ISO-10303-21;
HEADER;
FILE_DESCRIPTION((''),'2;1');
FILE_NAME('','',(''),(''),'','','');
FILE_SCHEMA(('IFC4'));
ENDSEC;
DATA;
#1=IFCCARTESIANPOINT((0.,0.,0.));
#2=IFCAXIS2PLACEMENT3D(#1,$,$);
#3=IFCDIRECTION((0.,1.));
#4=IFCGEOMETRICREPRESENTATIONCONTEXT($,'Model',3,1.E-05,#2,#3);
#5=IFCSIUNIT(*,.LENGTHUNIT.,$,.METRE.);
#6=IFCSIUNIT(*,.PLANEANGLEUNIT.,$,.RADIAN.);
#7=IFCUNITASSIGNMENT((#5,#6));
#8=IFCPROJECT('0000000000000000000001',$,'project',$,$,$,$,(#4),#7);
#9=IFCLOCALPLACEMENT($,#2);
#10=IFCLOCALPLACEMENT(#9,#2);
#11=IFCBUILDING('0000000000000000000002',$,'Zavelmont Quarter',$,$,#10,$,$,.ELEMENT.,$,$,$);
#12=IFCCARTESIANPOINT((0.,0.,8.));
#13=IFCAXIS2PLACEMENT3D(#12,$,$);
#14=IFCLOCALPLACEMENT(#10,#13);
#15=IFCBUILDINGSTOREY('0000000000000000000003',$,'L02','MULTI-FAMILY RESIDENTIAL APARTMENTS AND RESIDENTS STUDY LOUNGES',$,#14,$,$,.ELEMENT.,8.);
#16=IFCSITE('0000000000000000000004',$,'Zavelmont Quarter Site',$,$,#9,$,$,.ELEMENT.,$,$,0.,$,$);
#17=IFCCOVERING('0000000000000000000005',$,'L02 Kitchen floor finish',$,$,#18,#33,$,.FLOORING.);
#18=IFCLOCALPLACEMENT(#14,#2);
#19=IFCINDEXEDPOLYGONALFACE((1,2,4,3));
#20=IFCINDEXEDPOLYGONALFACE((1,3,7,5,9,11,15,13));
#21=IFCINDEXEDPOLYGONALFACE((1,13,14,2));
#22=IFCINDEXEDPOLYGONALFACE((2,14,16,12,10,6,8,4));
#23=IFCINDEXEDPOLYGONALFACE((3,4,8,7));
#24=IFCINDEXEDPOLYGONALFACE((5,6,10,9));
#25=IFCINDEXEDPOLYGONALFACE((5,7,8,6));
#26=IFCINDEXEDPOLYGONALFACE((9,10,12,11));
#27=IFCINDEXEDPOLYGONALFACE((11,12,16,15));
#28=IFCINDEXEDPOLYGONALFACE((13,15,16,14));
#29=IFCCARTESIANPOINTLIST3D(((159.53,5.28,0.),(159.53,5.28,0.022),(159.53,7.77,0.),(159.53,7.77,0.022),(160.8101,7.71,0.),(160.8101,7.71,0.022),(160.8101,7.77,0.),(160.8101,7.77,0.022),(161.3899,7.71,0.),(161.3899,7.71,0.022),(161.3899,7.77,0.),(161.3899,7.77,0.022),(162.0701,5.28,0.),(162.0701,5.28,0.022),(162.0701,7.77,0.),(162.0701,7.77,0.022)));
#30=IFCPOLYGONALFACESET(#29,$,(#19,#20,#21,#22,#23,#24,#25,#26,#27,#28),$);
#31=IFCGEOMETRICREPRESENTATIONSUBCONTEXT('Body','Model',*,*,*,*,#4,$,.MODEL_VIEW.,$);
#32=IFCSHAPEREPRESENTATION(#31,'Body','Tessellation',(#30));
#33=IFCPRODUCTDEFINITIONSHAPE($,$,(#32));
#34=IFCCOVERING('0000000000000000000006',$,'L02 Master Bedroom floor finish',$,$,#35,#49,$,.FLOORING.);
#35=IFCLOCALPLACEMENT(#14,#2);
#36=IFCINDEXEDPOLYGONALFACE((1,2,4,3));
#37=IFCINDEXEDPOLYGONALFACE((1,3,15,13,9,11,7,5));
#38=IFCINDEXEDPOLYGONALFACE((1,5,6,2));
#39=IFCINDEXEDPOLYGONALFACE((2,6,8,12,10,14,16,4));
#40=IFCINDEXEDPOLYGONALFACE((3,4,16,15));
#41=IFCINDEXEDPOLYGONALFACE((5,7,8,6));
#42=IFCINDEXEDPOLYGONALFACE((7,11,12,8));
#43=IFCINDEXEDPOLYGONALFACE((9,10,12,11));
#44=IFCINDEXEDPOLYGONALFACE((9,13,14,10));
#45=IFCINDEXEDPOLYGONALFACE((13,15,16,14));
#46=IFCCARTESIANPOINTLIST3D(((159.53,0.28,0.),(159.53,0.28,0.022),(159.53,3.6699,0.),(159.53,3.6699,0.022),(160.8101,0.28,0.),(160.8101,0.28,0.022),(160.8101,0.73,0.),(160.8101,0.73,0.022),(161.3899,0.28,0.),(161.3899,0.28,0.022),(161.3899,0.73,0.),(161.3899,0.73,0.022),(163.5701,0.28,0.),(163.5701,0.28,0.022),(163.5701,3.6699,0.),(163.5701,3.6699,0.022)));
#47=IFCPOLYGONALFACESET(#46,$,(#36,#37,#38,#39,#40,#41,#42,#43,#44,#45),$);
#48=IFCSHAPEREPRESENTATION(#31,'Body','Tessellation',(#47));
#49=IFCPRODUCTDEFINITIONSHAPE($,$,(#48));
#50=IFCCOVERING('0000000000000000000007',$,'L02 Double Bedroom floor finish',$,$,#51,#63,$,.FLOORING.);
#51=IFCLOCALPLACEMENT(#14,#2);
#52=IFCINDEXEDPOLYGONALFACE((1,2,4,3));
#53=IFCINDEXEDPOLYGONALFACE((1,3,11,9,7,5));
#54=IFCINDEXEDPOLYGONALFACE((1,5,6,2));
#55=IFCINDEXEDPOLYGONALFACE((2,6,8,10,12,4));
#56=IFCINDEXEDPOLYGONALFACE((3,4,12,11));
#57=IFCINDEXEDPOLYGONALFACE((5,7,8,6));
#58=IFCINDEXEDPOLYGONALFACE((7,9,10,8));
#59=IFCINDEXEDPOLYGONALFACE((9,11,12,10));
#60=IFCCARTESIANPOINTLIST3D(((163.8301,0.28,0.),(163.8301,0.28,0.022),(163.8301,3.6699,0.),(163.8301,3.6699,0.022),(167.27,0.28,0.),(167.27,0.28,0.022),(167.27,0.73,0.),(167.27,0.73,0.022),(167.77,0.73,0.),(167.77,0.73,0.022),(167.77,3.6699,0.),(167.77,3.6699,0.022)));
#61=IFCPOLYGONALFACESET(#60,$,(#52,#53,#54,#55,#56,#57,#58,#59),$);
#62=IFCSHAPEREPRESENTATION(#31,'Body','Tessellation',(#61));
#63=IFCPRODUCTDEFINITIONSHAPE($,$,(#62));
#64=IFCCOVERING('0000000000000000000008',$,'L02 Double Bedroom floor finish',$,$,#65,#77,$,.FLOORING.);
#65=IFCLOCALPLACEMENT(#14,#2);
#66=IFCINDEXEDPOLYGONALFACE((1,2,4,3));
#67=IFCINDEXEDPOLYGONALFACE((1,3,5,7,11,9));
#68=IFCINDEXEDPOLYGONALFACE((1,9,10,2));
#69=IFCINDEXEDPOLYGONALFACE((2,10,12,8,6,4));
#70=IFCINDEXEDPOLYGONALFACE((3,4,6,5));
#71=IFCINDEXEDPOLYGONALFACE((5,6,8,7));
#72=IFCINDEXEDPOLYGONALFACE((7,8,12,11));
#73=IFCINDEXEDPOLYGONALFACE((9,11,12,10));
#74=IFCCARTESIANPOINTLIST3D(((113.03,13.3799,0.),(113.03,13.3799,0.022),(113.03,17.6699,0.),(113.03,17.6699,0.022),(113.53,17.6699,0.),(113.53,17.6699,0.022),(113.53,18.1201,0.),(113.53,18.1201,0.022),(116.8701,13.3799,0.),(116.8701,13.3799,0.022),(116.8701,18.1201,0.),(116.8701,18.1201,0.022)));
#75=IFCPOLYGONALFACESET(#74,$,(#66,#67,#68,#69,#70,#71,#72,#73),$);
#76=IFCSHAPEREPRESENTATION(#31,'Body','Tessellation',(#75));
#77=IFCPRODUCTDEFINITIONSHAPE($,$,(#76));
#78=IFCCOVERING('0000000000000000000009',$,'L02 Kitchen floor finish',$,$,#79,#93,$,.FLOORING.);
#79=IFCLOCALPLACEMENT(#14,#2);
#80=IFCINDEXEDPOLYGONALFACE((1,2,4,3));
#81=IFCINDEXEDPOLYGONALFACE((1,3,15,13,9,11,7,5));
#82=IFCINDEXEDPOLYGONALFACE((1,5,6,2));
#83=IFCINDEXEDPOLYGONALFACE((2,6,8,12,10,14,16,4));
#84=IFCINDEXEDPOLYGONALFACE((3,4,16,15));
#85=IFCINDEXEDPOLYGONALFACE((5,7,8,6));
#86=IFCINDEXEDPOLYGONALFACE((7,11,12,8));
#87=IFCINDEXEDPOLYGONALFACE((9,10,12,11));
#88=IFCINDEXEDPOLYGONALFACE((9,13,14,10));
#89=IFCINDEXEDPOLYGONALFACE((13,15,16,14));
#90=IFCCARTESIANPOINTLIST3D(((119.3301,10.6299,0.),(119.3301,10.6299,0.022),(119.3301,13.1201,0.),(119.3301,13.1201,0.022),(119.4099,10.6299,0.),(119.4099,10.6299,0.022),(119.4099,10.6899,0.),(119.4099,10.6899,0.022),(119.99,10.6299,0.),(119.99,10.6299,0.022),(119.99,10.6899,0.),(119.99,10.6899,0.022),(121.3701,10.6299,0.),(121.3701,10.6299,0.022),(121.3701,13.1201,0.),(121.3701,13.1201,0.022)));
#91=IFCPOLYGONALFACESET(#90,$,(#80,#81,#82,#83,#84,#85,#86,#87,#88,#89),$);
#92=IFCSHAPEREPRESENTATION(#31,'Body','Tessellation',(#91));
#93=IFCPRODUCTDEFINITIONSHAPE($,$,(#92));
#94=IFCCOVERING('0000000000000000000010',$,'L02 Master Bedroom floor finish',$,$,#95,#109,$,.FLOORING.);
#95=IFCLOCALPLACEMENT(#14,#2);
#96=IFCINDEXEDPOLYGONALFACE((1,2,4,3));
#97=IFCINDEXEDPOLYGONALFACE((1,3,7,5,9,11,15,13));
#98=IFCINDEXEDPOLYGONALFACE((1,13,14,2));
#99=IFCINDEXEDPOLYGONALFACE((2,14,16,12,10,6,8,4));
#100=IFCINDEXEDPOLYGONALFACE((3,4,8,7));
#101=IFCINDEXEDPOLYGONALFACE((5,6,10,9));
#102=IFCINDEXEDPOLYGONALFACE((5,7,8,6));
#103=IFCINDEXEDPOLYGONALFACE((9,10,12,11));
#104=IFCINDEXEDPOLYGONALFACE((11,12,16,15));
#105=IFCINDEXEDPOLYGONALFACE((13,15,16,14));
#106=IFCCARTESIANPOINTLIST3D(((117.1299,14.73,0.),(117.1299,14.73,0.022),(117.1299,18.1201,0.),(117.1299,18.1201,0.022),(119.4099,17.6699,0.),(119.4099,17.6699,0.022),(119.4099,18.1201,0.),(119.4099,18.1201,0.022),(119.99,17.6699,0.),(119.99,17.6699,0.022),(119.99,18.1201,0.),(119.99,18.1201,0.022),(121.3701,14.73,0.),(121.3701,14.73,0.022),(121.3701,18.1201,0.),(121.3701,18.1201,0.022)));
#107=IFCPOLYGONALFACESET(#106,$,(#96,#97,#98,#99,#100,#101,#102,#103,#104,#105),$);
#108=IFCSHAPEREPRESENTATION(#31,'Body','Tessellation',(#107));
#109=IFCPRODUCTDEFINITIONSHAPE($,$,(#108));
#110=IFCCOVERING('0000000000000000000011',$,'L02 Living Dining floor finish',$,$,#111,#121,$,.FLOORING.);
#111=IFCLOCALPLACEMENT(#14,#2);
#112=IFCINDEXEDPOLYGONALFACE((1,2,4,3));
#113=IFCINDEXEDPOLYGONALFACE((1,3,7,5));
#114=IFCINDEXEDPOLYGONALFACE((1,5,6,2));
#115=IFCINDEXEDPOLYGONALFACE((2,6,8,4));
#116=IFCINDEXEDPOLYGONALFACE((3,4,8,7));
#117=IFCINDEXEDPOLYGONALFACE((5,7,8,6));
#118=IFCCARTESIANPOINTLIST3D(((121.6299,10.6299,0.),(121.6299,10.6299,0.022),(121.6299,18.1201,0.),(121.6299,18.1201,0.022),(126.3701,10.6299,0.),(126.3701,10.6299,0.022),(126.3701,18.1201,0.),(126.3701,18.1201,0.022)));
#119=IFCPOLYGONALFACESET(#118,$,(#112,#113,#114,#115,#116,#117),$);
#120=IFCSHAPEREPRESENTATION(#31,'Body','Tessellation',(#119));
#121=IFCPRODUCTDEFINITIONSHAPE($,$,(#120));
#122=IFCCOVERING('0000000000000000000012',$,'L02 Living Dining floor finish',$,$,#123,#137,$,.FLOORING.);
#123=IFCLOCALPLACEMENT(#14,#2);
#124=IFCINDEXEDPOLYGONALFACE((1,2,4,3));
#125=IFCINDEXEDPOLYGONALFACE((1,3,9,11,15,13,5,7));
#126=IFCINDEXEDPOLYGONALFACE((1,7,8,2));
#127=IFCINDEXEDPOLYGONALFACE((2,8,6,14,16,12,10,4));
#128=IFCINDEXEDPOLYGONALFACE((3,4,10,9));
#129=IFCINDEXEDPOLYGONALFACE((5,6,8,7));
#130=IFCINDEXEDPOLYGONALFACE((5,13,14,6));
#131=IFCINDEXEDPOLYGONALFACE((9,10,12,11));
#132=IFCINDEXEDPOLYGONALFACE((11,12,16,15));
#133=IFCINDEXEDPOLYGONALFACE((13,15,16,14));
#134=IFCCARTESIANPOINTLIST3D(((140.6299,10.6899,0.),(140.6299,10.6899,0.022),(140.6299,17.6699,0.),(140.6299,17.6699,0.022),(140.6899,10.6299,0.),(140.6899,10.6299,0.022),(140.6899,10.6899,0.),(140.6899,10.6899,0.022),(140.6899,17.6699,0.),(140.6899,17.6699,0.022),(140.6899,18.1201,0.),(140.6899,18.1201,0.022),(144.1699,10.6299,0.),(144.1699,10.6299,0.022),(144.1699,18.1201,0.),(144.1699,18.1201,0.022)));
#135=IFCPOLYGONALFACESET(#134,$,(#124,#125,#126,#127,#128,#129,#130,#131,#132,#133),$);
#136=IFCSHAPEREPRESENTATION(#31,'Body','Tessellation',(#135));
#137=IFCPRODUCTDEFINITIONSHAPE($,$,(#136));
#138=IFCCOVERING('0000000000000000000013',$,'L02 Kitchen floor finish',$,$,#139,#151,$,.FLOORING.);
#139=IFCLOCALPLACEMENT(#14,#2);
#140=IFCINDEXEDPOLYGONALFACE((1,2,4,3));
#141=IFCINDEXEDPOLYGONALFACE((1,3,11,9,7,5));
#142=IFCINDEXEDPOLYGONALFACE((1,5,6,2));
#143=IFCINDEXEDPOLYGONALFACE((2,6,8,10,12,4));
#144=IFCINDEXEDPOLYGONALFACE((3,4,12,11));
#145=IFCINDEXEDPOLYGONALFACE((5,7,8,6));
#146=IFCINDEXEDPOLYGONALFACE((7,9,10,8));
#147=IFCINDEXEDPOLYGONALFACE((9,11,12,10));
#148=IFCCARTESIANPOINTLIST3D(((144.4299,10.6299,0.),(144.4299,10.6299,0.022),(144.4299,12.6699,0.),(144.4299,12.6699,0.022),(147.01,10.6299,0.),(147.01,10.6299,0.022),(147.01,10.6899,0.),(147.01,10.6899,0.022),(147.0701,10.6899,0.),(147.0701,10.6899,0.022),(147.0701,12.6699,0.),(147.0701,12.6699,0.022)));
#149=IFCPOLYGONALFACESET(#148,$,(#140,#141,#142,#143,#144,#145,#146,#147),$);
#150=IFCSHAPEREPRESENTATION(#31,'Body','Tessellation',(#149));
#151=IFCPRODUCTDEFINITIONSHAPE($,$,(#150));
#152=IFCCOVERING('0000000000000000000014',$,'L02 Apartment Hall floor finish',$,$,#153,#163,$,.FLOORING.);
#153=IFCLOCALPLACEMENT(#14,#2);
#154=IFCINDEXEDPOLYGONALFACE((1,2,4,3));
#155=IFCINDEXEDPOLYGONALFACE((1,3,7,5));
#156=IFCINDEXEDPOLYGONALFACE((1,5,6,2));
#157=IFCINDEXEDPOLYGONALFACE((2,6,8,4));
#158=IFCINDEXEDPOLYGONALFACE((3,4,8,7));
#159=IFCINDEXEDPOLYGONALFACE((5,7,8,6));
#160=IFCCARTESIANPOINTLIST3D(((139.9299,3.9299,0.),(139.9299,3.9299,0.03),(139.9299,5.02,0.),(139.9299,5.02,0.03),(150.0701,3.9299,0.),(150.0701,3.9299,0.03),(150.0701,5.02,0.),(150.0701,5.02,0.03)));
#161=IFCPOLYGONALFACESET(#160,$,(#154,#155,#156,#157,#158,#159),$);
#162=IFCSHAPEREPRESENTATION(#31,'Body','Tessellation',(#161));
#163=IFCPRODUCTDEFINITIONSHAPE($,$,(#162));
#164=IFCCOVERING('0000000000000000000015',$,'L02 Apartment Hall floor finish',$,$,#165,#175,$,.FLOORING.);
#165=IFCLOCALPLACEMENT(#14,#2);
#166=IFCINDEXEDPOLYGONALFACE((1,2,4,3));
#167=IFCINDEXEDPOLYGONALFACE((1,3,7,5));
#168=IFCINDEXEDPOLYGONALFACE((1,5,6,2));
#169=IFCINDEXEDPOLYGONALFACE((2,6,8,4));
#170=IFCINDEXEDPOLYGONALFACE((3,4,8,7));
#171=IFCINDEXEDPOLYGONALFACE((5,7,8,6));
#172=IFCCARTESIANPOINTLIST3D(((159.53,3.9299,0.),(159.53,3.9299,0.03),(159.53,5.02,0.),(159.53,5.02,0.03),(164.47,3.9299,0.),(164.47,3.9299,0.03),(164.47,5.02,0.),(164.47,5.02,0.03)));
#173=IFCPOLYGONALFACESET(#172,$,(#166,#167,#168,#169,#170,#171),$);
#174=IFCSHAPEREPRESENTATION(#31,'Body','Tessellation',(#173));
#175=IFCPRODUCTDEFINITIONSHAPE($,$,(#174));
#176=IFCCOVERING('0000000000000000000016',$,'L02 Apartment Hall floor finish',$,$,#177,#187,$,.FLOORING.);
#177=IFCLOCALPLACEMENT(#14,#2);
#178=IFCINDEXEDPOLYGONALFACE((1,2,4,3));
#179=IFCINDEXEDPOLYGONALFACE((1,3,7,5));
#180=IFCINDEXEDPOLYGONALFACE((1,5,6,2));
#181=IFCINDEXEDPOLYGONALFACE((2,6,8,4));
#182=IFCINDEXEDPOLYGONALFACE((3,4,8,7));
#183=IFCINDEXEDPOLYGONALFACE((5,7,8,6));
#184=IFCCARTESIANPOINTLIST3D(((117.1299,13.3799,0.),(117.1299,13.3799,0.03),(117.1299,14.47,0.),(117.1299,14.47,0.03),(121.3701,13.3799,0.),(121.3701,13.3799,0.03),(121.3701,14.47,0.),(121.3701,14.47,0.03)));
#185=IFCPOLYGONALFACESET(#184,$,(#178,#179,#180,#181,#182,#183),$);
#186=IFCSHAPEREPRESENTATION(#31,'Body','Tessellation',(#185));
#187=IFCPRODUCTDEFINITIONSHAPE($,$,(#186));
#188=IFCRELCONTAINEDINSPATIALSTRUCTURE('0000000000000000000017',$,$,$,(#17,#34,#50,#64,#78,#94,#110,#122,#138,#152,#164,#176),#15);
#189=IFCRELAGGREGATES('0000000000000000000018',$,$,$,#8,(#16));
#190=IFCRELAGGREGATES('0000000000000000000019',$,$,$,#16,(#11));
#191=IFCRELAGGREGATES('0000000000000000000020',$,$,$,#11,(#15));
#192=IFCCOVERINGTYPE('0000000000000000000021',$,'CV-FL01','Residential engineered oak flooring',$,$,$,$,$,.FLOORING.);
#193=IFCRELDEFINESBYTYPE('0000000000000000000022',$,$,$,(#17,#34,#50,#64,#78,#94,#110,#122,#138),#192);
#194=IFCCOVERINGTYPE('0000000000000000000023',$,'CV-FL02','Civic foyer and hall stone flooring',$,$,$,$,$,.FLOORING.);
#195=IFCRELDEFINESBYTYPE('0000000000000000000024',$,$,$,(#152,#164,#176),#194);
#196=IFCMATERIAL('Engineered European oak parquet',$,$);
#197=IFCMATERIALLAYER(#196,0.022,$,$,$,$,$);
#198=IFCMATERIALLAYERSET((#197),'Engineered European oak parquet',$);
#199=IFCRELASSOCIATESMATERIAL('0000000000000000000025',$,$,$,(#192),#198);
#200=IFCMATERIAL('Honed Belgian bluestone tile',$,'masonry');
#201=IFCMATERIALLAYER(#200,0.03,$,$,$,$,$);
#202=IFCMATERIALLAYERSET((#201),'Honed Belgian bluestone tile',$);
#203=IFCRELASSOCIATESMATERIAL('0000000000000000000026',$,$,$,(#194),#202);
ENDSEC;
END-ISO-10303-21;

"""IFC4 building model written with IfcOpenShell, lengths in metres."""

from ifc_helpers import new_model, si_unit, direction, frame, origin, place, context, subcontext, project, spatial, polyline, outline, extrude, material, layer, layer_set, type_object, element, save


model = new_model("IFC4")

# Units and contexts
model_context = context("Model", 3, precision=1e-05, world=origin(), true_north=direction((0.0, 1.0)))
body_context = subcontext(model_context, "Body", "Model", "MODEL_VIEW")
ifc_project = project(units=[si_unit("LENGTHUNIT", "METRE"), si_unit("PLANEANGLEUNIT", "RADIAN")], contexts=[model_context])

# Site, building, storey
site_placement = place(None, origin())
site = spatial("IfcSite", under=ifc_project, at=site_placement, Name="Zavelmont Quarter Site", CompositionType="ELEMENT", RefElevation=0.0)
building_placement = place(site_placement, origin())
building = spatial("IfcBuilding", under=site, at=building_placement, Name="Zavelmont Quarter", CompositionType="ELEMENT")
storey_placement = place(building_placement, frame((0.0, 0.0, 8.0)))
storey = spatial("IfcBuildingStorey", under=building, at=storey_placement, Name="L02", Description="MULTI-FAMILY RESIDENTIAL APARTMENTS AND RESIDENTS STUDY LOUNGES", CompositionType="ELEMENT", Elevation=8.0)

# Coverings
ifc_material_1 = material(Name="Engineered European oak parquet")
ifc_layer_1 = layer(ifc_material_1, 0.022)
ifc_layer_set_1 = layer_set([ifc_layer_1], Name="Engineered European oak parquet")
covering_type_1 = type_object("IfcCoveringType", Name="CV-FL01", Description="Residential engineered oak flooring", PredefinedType="FLOORING", material=ifc_layer_set_1)
covering_1_placement = place(storey_placement, origin())
element("IfcCovering", 1, at=covering_1_placement, inside=storey, type_object=covering_type_1, Name="L02 Kitchen floor finish", PredefinedType="FLOORING", context=body_context, shape_type="SweptSolid", body=[
    extrude(outline(polyline([(159.53, 7.77), (160.8101, 7.77), (160.8101, 7.71), (161.3899, 7.71), (161.3899, 7.77), (162.0701, 7.77), (162.0701, 5.28), (159.53, 5.28), (159.53, 7.77)])), origin(), (0.0, 0.0, 1.0), 0.022),
])
covering_2_placement = place(storey_placement, origin())
element("IfcCovering", 2, at=covering_2_placement, inside=storey, type_object=covering_type_1, Name="L02 Master Bedroom floor finish", PredefinedType="FLOORING", context=body_context, shape_type="SweptSolid", body=[
    extrude(outline(polyline([(159.53, 3.6699), (163.5701, 3.6699), (163.5701, 0.28), (161.3899, 0.28), (161.3899, 0.73), (160.8101, 0.73), (160.8101, 0.28), (159.53, 0.28), (159.53, 3.6699)])), origin(), (0.0, 0.0, 1.0), 0.022),
])
covering_3_placement = place(storey_placement, origin())
element("IfcCovering", 3, at=covering_3_placement, inside=storey, type_object=covering_type_1, Name="L02 Double Bedroom floor finish", PredefinedType="FLOORING", context=body_context, shape_type="SweptSolid", body=[
    extrude(outline(polyline([(163.8301, 3.6699), (167.77, 3.6699), (167.77, 0.73), (167.27, 0.73), (167.27, 0.28), (163.8301, 0.28), (163.8301, 3.6699)])), origin(), (0.0, 0.0, 1.0), 0.022),
])
covering_4_placement = place(storey_placement, origin())
element("IfcCovering", 4, at=covering_4_placement, inside=storey, type_object=covering_type_1, Name="L02 Double Bedroom floor finish", PredefinedType="FLOORING", context=body_context, shape_type="SweptSolid", body=[
    extrude(outline(polyline([(113.03, 17.6699), (113.53, 17.6699), (113.53, 18.1201), (116.8701, 18.1201), (116.8701, 13.3799), (113.03, 13.3799), (113.03, 17.6699)])), origin(), (0.0, 0.0, 1.0), 0.022),
])
covering_5_placement = place(storey_placement, origin())
element("IfcCovering", 5, at=covering_5_placement, inside=storey, type_object=covering_type_1, Name="L02 Kitchen floor finish", PredefinedType="FLOORING", context=body_context, shape_type="SweptSolid", body=[
    extrude(outline(polyline([(119.3301, 13.1201), (121.3701, 13.1201), (121.3701, 10.6299), (119.99, 10.6299), (119.99, 10.6899), (119.4099, 10.6899), (119.4099, 10.6299), (119.3301, 10.6299), (119.3301, 13.1201)])), origin(), (0.0, 0.0, 1.0), 0.022),
])
covering_6_placement = place(storey_placement, origin())
element("IfcCovering", 6, at=covering_6_placement, inside=storey, type_object=covering_type_1, Name="L02 Master Bedroom floor finish", PredefinedType="FLOORING", context=body_context, shape_type="SweptSolid", body=[
    extrude(outline(polyline([(117.1299, 18.1201), (119.4099, 18.1201), (119.4099, 17.6699), (119.99, 17.6699), (119.99, 18.1201), (121.3701, 18.1201), (121.3701, 14.73), (117.1299, 14.73), (117.1299, 18.1201)])), origin(), (0.0, 0.0, 1.0), 0.022),
])
covering_7_placement = place(storey_placement, origin())
element("IfcCovering", 7, at=covering_7_placement, inside=storey, type_object=covering_type_1, Name="L02 Living Dining floor finish", PredefinedType="FLOORING", context=body_context, shape_type="SweptSolid", body=[
    extrude(outline(polyline([(121.6299, 18.1201), (126.3701, 18.1201), (126.3701, 10.6299), (121.6299, 10.6299), (121.6299, 18.1201)])), origin(), (0.0, 0.0, 1.0), 0.022),
])
covering_8_placement = place(storey_placement, origin())
element("IfcCovering", 8, at=covering_8_placement, inside=storey, type_object=covering_type_1, Name="L02 Living Dining floor finish", PredefinedType="FLOORING", context=body_context, shape_type="SweptSolid", body=[
    extrude(outline(polyline([(140.6299, 17.6699), (140.6899, 17.6699), (140.6899, 18.1201), (144.1699, 18.1201), (144.1699, 10.6299), (140.6899, 10.6299), (140.6899, 10.6899), (140.6299, 10.6899), (140.6299, 17.6699)])), origin(), (0.0, 0.0, 1.0), 0.022),
])
covering_9_placement = place(storey_placement, origin())
element("IfcCovering", 9, at=covering_9_placement, inside=storey, type_object=covering_type_1, Name="L02 Kitchen floor finish", PredefinedType="FLOORING", context=body_context, shape_type="SweptSolid", body=[
    extrude(outline(polyline([(144.4299, 12.6699), (147.0701, 12.6699), (147.0701, 10.6899), (147.01, 10.6899), (147.01, 10.6299), (144.4299, 10.6299), (144.4299, 12.6699)])), origin(), (0.0, 0.0, 1.0), 0.022),
])
ifc_material_2 = material(Name="Honed Belgian bluestone tile", Category="masonry")
ifc_layer_2 = layer(ifc_material_2, 0.03)
ifc_layer_set_2 = layer_set([ifc_layer_2], Name="Honed Belgian bluestone tile")
covering_type_2 = type_object("IfcCoveringType", Name="CV-FL02", Description="Civic foyer and hall stone flooring", PredefinedType="FLOORING", material=ifc_layer_set_2)
covering_10_placement = place(storey_placement, origin())
element("IfcCovering", 10, at=covering_10_placement, inside=storey, type_object=covering_type_2, Name="L02 Apartment Hall floor finish", PredefinedType="FLOORING", context=body_context, shape_type="SweptSolid", body=[
    extrude(outline(polyline([(139.9299, 5.02), (150.0701, 5.02), (150.0701, 3.9299), (139.9299, 3.9299), (139.9299, 5.02)])), origin(), (0.0, 0.0, 1.0), 0.03),
])
covering_11_placement = place(storey_placement, origin())
element("IfcCovering", 11, at=covering_11_placement, inside=storey, type_object=covering_type_2, Name="L02 Apartment Hall floor finish", PredefinedType="FLOORING", context=body_context, shape_type="SweptSolid", body=[
    extrude(outline(polyline([(159.53, 5.02), (164.47, 5.02), (164.47, 3.9299), (159.53, 3.9299), (159.53, 5.02)])), origin(), (0.0, 0.0, 1.0), 0.03),
])
covering_12_placement = place(storey_placement, origin())
element("IfcCovering", 12, at=covering_12_placement, inside=storey, type_object=covering_type_2, Name="L02 Apartment Hall floor finish", PredefinedType="FLOORING", context=body_context, shape_type="SweptSolid", body=[
    extrude(outline(polyline([(117.1299, 14.47), (121.3701, 14.47), (121.3701, 13.3799), (117.1299, 13.3799), (117.1299, 14.47)])), origin(), (0.0, 0.0, 1.0), 0.03),
])

save(model, "model.ifc")
